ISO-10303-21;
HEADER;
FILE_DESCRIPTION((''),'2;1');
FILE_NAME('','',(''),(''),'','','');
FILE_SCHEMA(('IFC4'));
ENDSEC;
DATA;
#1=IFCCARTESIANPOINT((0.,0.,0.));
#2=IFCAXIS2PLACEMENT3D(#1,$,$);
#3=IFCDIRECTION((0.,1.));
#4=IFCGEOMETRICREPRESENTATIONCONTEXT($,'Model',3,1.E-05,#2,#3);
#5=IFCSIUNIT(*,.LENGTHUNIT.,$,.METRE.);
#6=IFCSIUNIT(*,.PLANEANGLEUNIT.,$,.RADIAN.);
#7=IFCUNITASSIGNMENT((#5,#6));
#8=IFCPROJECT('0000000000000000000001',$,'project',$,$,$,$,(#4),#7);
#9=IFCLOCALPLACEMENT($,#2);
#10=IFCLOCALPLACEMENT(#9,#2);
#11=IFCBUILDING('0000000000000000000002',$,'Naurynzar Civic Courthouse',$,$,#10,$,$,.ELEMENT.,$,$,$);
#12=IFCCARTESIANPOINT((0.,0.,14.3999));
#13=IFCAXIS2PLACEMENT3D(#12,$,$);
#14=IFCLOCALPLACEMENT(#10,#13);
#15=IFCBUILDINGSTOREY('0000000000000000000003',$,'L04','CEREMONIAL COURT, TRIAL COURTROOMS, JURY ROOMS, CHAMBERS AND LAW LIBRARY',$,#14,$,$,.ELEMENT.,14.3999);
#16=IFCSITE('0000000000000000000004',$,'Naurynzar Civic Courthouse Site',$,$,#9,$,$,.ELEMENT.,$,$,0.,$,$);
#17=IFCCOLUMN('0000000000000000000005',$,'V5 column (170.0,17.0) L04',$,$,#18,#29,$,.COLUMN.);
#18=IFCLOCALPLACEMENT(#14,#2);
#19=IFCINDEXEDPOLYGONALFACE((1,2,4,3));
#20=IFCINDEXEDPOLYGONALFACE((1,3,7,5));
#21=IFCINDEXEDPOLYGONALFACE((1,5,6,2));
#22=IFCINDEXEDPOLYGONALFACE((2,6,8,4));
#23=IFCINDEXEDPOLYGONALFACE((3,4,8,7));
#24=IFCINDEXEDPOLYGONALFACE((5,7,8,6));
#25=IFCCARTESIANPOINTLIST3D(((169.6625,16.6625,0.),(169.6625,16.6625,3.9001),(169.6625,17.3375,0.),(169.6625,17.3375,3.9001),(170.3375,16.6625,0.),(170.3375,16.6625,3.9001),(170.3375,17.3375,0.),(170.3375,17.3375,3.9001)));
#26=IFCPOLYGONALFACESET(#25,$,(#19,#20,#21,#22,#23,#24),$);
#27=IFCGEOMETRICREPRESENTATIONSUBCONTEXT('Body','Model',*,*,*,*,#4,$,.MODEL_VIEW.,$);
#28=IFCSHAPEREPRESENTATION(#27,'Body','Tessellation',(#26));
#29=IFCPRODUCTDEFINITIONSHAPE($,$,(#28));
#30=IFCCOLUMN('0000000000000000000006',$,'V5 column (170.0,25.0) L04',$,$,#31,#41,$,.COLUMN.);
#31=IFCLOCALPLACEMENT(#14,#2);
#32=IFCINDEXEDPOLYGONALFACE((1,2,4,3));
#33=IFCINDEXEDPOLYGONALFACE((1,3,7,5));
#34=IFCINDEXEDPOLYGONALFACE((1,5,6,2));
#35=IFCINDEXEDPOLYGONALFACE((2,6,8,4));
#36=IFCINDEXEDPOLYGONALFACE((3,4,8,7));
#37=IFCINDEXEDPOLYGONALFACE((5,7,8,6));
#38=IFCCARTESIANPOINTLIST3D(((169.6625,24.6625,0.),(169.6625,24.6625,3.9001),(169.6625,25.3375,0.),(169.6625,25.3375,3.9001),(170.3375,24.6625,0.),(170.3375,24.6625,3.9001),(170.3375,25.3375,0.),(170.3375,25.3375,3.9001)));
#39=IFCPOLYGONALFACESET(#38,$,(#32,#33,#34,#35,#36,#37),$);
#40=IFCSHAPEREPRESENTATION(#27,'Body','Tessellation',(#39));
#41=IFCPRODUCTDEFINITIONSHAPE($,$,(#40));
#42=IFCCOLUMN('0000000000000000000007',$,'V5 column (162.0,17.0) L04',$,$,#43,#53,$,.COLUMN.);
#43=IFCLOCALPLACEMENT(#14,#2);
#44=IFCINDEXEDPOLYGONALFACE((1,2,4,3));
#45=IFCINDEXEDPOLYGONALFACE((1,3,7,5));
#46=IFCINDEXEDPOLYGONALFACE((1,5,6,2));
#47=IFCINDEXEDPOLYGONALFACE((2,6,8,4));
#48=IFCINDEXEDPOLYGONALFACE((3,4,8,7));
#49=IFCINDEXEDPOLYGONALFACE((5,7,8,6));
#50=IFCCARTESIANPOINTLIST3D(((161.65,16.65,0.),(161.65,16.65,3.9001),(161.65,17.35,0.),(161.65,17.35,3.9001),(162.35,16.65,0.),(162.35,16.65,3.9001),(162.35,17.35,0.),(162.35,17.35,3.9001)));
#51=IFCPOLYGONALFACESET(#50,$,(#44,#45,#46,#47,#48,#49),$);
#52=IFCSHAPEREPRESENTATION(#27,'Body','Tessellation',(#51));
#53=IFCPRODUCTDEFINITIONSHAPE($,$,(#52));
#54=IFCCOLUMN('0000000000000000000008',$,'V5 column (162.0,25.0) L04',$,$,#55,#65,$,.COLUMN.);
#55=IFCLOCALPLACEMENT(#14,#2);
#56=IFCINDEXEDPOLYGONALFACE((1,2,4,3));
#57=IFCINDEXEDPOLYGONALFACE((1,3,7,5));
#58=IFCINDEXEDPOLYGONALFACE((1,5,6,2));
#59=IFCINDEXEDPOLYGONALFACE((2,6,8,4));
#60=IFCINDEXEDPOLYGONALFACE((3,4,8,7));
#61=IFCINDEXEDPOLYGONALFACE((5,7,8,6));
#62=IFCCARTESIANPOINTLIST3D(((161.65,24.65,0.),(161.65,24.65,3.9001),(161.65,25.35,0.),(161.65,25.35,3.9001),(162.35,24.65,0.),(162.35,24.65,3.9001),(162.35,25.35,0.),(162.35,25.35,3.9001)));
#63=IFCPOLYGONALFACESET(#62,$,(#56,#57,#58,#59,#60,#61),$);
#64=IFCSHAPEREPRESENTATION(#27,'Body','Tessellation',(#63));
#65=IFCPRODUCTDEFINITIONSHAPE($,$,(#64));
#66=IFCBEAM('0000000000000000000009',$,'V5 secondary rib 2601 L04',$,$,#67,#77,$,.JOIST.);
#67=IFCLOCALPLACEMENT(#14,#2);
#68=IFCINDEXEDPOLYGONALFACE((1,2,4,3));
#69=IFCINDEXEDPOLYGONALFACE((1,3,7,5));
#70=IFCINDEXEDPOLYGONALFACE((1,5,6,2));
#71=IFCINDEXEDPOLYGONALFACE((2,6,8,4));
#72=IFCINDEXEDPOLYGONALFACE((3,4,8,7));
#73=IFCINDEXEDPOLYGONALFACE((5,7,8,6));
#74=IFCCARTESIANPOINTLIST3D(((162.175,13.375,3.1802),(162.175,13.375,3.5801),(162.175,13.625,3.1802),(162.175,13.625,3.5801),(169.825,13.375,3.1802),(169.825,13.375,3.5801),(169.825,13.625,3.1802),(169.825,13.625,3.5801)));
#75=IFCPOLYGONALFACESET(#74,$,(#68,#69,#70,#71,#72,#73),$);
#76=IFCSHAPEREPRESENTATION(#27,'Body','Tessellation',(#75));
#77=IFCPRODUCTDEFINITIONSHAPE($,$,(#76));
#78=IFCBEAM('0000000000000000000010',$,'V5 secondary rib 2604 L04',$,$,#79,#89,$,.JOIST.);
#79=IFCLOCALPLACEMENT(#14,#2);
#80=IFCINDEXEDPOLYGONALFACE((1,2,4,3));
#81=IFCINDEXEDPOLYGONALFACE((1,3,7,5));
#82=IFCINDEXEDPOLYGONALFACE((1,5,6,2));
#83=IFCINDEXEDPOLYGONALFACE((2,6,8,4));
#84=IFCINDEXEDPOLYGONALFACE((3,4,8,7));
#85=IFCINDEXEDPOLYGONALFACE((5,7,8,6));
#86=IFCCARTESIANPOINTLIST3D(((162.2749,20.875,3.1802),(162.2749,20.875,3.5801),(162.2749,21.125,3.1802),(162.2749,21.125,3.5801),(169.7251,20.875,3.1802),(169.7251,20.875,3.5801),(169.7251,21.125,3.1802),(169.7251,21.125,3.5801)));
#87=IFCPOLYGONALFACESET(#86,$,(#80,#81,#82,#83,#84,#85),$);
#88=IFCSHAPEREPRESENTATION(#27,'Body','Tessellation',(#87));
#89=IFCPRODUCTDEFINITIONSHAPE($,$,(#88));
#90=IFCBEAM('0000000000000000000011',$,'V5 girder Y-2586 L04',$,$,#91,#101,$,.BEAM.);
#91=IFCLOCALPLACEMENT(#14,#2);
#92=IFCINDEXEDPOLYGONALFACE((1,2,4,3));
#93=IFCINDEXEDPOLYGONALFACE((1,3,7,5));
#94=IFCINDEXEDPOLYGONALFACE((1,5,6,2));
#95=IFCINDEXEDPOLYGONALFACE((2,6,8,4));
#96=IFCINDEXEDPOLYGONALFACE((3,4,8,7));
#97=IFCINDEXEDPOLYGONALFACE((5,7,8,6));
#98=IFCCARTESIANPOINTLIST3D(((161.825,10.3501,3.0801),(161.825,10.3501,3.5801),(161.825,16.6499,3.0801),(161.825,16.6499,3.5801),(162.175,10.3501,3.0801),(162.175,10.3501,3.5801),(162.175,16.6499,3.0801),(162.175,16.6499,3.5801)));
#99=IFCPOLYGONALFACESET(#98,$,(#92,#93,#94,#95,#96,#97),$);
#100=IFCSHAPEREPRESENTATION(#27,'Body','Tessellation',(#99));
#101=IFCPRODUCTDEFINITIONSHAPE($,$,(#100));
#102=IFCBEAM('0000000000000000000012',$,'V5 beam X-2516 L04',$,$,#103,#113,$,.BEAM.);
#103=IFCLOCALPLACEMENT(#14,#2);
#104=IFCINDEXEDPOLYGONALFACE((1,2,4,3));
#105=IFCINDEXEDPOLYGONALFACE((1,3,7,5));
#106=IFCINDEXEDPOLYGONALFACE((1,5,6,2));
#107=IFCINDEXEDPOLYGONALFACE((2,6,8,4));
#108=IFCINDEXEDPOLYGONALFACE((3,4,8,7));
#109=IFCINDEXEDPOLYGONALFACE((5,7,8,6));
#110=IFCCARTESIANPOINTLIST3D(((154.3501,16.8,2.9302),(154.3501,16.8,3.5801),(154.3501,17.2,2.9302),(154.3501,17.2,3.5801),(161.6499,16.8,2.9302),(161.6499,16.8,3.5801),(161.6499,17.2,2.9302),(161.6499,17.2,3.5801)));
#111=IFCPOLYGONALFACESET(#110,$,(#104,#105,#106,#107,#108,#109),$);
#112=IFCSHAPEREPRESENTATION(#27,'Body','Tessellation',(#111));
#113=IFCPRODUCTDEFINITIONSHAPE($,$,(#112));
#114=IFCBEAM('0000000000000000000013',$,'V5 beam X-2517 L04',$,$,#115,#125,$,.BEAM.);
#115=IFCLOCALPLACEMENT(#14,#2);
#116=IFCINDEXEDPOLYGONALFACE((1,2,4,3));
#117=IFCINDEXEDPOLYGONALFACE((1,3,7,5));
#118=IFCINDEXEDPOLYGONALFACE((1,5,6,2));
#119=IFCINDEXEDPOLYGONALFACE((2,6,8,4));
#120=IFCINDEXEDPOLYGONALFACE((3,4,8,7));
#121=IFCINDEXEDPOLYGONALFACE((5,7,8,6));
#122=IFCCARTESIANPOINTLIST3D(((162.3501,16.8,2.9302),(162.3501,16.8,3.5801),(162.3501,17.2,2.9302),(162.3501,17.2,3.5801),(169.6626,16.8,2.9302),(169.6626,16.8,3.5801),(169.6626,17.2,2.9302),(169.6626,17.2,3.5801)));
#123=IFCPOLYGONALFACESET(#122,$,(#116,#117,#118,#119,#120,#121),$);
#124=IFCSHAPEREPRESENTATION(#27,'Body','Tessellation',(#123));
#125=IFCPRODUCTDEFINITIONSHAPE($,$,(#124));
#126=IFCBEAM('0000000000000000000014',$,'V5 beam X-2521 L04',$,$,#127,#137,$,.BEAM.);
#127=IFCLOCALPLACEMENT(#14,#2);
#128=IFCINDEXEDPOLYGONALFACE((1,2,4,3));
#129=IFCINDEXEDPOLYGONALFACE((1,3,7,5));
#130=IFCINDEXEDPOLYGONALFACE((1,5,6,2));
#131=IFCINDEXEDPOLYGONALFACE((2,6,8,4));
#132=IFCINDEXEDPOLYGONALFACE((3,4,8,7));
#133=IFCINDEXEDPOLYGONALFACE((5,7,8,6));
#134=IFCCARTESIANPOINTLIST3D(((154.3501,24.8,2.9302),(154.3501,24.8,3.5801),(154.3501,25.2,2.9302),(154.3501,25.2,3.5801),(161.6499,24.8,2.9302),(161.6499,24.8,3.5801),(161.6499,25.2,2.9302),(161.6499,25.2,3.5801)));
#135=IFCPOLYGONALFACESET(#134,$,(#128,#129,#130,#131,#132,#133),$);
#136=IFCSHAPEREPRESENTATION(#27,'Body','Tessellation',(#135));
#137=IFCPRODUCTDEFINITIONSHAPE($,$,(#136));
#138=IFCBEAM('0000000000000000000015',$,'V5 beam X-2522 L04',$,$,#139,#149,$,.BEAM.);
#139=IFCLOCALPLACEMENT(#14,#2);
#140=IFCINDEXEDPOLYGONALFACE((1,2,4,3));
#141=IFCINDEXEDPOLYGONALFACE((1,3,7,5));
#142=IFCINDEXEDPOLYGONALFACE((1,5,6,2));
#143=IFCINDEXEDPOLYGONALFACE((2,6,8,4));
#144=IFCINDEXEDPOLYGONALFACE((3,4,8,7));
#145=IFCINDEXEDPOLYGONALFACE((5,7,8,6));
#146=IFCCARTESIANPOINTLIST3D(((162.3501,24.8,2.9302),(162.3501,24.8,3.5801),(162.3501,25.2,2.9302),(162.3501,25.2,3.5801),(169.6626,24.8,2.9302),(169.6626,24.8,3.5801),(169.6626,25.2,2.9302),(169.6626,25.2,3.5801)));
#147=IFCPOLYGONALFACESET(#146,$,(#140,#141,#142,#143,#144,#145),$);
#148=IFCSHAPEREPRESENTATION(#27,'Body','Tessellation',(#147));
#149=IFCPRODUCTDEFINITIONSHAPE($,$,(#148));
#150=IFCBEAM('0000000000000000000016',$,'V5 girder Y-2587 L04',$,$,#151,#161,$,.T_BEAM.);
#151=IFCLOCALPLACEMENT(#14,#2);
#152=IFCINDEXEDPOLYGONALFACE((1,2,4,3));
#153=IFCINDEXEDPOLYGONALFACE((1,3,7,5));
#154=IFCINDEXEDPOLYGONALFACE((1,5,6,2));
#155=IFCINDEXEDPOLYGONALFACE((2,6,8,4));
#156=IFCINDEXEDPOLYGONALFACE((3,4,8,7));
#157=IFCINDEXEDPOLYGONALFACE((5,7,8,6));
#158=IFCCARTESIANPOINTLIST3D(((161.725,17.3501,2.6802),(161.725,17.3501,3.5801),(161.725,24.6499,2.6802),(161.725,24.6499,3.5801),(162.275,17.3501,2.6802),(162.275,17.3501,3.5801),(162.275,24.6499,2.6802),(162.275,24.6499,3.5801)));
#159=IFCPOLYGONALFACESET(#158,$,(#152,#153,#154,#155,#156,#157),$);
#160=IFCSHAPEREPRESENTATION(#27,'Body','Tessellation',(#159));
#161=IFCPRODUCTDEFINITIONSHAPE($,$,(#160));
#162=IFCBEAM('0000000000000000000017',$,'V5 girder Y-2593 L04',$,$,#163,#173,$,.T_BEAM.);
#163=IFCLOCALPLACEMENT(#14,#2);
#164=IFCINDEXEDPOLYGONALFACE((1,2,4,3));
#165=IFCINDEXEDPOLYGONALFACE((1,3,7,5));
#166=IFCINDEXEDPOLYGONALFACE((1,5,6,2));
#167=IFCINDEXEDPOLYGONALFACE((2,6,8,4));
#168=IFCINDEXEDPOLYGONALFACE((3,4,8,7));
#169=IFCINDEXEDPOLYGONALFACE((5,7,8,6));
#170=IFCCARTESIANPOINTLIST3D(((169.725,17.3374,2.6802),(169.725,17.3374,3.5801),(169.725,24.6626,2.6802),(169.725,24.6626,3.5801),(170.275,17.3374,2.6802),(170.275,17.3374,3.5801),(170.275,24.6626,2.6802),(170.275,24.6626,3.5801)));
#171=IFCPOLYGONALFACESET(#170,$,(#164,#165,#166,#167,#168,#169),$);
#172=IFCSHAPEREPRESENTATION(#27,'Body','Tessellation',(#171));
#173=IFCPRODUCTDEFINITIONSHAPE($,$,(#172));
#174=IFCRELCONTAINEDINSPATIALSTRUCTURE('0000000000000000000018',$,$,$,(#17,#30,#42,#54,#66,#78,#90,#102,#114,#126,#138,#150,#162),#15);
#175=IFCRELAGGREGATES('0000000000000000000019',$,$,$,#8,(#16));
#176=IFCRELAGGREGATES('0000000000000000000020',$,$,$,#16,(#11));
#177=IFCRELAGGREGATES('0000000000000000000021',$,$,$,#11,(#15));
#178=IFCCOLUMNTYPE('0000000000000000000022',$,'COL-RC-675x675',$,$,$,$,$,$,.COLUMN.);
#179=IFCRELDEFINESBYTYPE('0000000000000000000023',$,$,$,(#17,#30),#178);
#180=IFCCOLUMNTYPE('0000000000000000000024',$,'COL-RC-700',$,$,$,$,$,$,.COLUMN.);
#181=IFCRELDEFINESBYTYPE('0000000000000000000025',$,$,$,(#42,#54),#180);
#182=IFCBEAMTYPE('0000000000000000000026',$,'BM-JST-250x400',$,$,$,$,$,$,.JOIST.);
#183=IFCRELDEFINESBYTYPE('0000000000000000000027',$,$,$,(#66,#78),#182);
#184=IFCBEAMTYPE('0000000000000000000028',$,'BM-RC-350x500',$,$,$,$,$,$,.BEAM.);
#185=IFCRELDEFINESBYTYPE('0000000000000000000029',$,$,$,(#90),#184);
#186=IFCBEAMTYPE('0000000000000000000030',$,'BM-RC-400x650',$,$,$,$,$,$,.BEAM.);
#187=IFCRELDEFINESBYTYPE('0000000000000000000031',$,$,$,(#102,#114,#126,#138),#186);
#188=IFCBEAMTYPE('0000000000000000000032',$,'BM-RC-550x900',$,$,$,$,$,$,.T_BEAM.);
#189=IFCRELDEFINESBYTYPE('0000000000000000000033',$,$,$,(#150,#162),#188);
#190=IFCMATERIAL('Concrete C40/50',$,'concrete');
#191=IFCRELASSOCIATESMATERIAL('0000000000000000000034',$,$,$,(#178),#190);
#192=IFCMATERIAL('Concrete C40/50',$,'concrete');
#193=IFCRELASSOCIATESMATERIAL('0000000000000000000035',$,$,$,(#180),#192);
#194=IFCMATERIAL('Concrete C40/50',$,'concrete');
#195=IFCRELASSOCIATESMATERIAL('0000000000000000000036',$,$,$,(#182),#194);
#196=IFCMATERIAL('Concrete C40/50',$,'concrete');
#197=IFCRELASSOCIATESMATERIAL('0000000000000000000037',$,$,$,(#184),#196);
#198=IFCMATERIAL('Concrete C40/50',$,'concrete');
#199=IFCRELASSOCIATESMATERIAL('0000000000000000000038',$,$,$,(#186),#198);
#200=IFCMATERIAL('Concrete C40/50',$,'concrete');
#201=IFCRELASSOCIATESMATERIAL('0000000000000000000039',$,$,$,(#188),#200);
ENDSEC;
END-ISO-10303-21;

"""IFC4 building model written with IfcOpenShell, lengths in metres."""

from ifc_helpers import new_model, si_unit, direction, frame, origin, origin_2d, place, context, subcontext, project, spatial, rectangle, extrude, material, material_profile, profile_set, type_object, element, save


model = new_model("IFC4")

# Units and contexts
model_context = context("Model", 3, precision=1e-05, world=origin(), true_north=direction((0.0, 1.0)))
body_context = subcontext(model_context, "Body", "Model", "MODEL_VIEW")
ifc_project = project(units=[si_unit("LENGTHUNIT", "METRE"), si_unit("PLANEANGLEUNIT", "RADIAN")], contexts=[model_context])

# Site, building, storey
site_placement = place(None, origin())
site = spatial("IfcSite", under=ifc_project, at=site_placement, Name="Naurynzar Civic Courthouse Site", CompositionType="ELEMENT", RefElevation=0.0)
building_placement = place(site_placement, origin())
building = spatial("IfcBuilding", under=site, at=building_placement, Name="Naurynzar Civic Courthouse", CompositionType="ELEMENT")
storey_placement = place(building_placement, frame((0.0, 0.0, 14.3999)))
storey = spatial("IfcBuildingStorey", under=building, at=storey_placement, Name="L04", Description="CEREMONIAL COURT, TRIAL COURTROOMS, JURY ROOMS, CHAMBERS AND LAW LIBRARY", CompositionType="ELEMENT", Elevation=14.3999)

# Columns
ifc_material_1 = material(Name="Concrete C40/50", Category="concrete")
ifc_material_profile_1 = material_profile(ifc_material_1, rectangle(XDim=0.675, YDim=0.675, at=origin_2d()), Name="RC 675x675")
ifc_profile_set_1 = profile_set([ifc_material_profile_1], Name="Concrete C40/50")
column_type_1 = type_object("IfcColumnType", Name="COL-RC-675x675", PredefinedType="COLUMN", material=ifc_profile_set_1)
for number, where, z_axis, x_axis, name in (
    (1, (170.0, 17.0, 0.0), (0.0, 0.0, 1.0), (1.0, 0.0, 0.0), "V5 column (170.0,17.0) L04"),
    (2, (170.0, 25.0, 0.0), (0.0, 0.0, 1.0), (1.0, 0.0, 0.0), "V5 column (170.0,25.0) L04"),
):
    element("IfcColumn", number, at=place(storey_placement, frame(where, z_axis=z_axis, x_axis=x_axis)), inside=storey, type_object=column_type_1, Name=name, PredefinedType="COLUMN", context=body_context, shape_type="SweptSolid", body=[
        extrude(rectangle(XDim=0.675, YDim=0.675, at=origin_2d()), origin(), (0.0, 0.0, 1.0), 3.9001),
    ])
ifc_material_2 = material(Name="Concrete C40/50", Category="concrete")
ifc_material_profile_2 = material_profile(ifc_material_2, rectangle(XDim=0.7, YDim=0.7, at=origin_2d()), Name="RC 700x700")
ifc_profile_set_2 = profile_set([ifc_material_profile_2], Name="Concrete C40/50")
column_type_2 = type_object("IfcColumnType", Name="COL-RC-700", PredefinedType="COLUMN", material=ifc_profile_set_2)
for number, where, z_axis, x_axis, name in (
    (3, (162.0, 17.0, 0.0), (0.0, 0.0, 1.0), (1.0, 0.0, 0.0), "V5 column (162.0,17.0) L04"),
    (4, (162.0, 25.0, 0.0), (0.0, 0.0, 1.0), (1.0, 0.0, 0.0), "V5 column (162.0,25.0) L04"),
):
    element("IfcColumn", number, at=place(storey_placement, frame(where, z_axis=z_axis, x_axis=x_axis)), inside=storey, type_object=column_type_2, Name=name, PredefinedType="COLUMN", context=body_context, shape_type="SweptSolid", body=[
        extrude(rectangle(XDim=0.7, YDim=0.7, at=origin_2d()), origin(), (0.0, 0.0, 1.0), 3.9001),
    ])

# Beams
ifc_material_3 = material(Name="Concrete C40/50", Category="concrete")
ifc_material_profile_3 = material_profile(ifc_material_3, rectangle(XDim=0.25, YDim=0.3999, at=origin_2d()), Name="RCB 250x400")
ifc_profile_set_3 = profile_set([ifc_material_profile_3], Name="Concrete C40/50")
beam_type_1 = type_object("IfcBeamType", Name="BM-JST-250x400", PredefinedType="JOIST", material=ifc_profile_set_3)
beam_1_placement = place(storey_placement, frame((162.175, 13.5, 3.3801), z_axis=(1.0, 0.0, 0.0), x_axis=(0.0, 1.0, 0.0)))
element("IfcBeam", 5, at=beam_1_placement, inside=storey, type_object=beam_type_1, Name="V5 secondary rib 2601 L04", PredefinedType="JOIST", context=body_context, shape_type="SweptSolid", body=[
    extrude(rectangle(XDim=0.25, YDim=0.3999, at=origin_2d()), origin(), (0.0, 0.0, 1.0), 7.6499),
])
beam_2_placement = place(storey_placement, frame((162.2749, 21.0, 3.3801), z_axis=(1.0, 0.0, 0.0), x_axis=(0.0, 1.0, 0.0)))
element("IfcBeam", 6, at=beam_2_placement, inside=storey, type_object=beam_type_1, Name="V5 secondary rib 2604 L04", PredefinedType="JOIST", context=body_context, shape_type="SweptSolid", body=[
    extrude(rectangle(XDim=0.25, YDim=0.3999, at=origin_2d()), origin(), (0.0, 0.0, 1.0), 7.4502),
])
ifc_material_4 = material(Name="Concrete C40/50", Category="concrete")
ifc_material_profile_4 = material_profile(ifc_material_4, rectangle(XDim=0.3501, YDim=0.5, at=origin_2d()), Name="RCB 350x500")
ifc_profile_set_4 = profile_set([ifc_material_profile_4], Name="Concrete C40/50")
beam_type_2 = type_object("IfcBeamType", Name="BM-RC-350x500", PredefinedType="BEAM", material=ifc_profile_set_4)
beam_3_placement = place(storey_placement, frame((162.0, 10.3501, 3.3301), z_axis=(0.0, 1.0, 0.0), x_axis=(-1.0, 0.0, 0.0)))
element("IfcBeam", 7, at=beam_3_placement, inside=storey, type_object=beam_type_2, Name="V5 girder Y-2586 L04", PredefinedType="BEAM", context=body_context, shape_type="SweptSolid", body=[
    extrude(rectangle(XDim=0.3501, YDim=0.5, at=origin_2d()), origin(), (0.0, 0.0, 1.0), 6.2998),
])
ifc_material_5 = material(Name="Concrete C40/50", Category="concrete")
ifc_material_profile_5 = material_profile(ifc_material_5, rectangle(XDim=0.3999, YDim=0.6499, at=origin_2d()), Name="RCB 400x650")
ifc_profile_set_5 = profile_set([ifc_material_profile_5], Name="Concrete C40/50")
beam_type_3 = type_object("IfcBeamType", Name="BM-RC-400x650", PredefinedType="BEAM", material=ifc_profile_set_5)
beam_4_placement = place(storey_placement, frame((154.3501, 17.0, 3.2551), z_axis=(1.0, 0.0, 0.0), x_axis=(0.0, 1.0, 0.0)))
element("IfcBeam", 8, at=beam_4_placement, inside=storey, type_object=beam_type_3, Name="V5 beam X-2516 L04", PredefinedType="BEAM", context=body_context, shape_type="SweptSolid", body=[
    extrude(rectangle(XDim=0.3999, YDim=0.6499, at=origin_2d()), origin(), (0.0, 0.0, 1.0), 7.2998),
])
beam_5_placement = place(storey_placement, frame((162.3501, 17.0, 3.2551), z_axis=(1.0, 0.0, 0.0), x_axis=(0.0, 1.0, 0.0)))
element("IfcBeam", 9, at=beam_5_placement, inside=storey, type_object=beam_type_3, Name="V5 beam X-2517 L04", PredefinedType="BEAM", context=body_context, shape_type="SweptSolid", body=[
    extrude(rectangle(XDim=0.3999, YDim=0.6499, at=origin_2d()), origin(), (0.0, 0.0, 1.0), 7.3125),
])
beam_6_placement = place(storey_placement, frame((154.3501, 25.0, 3.2551), z_axis=(1.0, 0.0, 0.0), x_axis=(0.0, 1.0, 0.0)))
element("IfcBeam", 10, at=beam_6_placement, inside=storey, type_object=beam_type_3, Name="V5 beam X-2521 L04", PredefinedType="BEAM", context=body_context, shape_type="SweptSolid", body=[
    extrude(rectangle(XDim=0.3999, YDim=0.6499, at=origin_2d()), origin(), (0.0, 0.0, 1.0), 7.2998),
])
beam_7_placement = place(storey_placement, frame((162.3501, 25.0, 3.2551), z_axis=(1.0, 0.0, 0.0), x_axis=(0.0, 1.0, 0.0)))
element("IfcBeam", 11, at=beam_7_placement, inside=storey, type_object=beam_type_3, Name="V5 beam X-2522 L04", PredefinedType="BEAM", context=body_context, shape_type="SweptSolid", body=[
    extrude(rectangle(XDim=0.3999, YDim=0.6499, at=origin_2d()), origin(), (0.0, 0.0, 1.0), 7.3125),
])
ifc_material_6 = material(Name="Concrete C40/50", Category="concrete")
ifc_material_profile_6 = material_profile(ifc_material_6, rectangle(XDim=0.55, YDim=0.8999, at=origin_2d()), Name="RCB 550x900")
ifc_profile_set_6 = profile_set([ifc_material_profile_6], Name="Concrete C40/50")
beam_type_4 = type_object("IfcBeamType", Name="BM-RC-550x900", PredefinedType="T_BEAM", material=ifc_profile_set_6)
beam_8_placement = place(storey_placement, frame((162.0, 17.3501, 3.1301), z_axis=(0.0, 1.0, 0.0), x_axis=(-1.0, 0.0, 0.0)))
element("IfcBeam", 12, at=beam_8_placement, inside=storey, type_object=beam_type_4, Name="V5 girder Y-2587 L04", PredefinedType="T_BEAM", context=body_context, shape_type="SweptSolid", body=[
    extrude(rectangle(XDim=0.55, YDim=0.8999, at=origin_2d()), origin(), (0.0, 0.0, 1.0), 7.2998),
])
beam_9_placement = place(storey_placement, frame((170.0, 17.3374, 3.1301), z_axis=(0.0, 1.0, 0.0), x_axis=(-1.0, 0.0, 0.0)))
element("IfcBeam", 13, at=beam_9_placement, inside=storey, type_object=beam_type_4, Name="V5 girder Y-2593 L04", PredefinedType="T_BEAM", context=body_context, shape_type="SweptSolid", body=[
    extrude(rectangle(XDim=0.55, YDim=0.8999, at=origin_2d()), origin(), (0.0, 0.0, 1.0), 7.3252),
])

save(model, "model.ifc")
